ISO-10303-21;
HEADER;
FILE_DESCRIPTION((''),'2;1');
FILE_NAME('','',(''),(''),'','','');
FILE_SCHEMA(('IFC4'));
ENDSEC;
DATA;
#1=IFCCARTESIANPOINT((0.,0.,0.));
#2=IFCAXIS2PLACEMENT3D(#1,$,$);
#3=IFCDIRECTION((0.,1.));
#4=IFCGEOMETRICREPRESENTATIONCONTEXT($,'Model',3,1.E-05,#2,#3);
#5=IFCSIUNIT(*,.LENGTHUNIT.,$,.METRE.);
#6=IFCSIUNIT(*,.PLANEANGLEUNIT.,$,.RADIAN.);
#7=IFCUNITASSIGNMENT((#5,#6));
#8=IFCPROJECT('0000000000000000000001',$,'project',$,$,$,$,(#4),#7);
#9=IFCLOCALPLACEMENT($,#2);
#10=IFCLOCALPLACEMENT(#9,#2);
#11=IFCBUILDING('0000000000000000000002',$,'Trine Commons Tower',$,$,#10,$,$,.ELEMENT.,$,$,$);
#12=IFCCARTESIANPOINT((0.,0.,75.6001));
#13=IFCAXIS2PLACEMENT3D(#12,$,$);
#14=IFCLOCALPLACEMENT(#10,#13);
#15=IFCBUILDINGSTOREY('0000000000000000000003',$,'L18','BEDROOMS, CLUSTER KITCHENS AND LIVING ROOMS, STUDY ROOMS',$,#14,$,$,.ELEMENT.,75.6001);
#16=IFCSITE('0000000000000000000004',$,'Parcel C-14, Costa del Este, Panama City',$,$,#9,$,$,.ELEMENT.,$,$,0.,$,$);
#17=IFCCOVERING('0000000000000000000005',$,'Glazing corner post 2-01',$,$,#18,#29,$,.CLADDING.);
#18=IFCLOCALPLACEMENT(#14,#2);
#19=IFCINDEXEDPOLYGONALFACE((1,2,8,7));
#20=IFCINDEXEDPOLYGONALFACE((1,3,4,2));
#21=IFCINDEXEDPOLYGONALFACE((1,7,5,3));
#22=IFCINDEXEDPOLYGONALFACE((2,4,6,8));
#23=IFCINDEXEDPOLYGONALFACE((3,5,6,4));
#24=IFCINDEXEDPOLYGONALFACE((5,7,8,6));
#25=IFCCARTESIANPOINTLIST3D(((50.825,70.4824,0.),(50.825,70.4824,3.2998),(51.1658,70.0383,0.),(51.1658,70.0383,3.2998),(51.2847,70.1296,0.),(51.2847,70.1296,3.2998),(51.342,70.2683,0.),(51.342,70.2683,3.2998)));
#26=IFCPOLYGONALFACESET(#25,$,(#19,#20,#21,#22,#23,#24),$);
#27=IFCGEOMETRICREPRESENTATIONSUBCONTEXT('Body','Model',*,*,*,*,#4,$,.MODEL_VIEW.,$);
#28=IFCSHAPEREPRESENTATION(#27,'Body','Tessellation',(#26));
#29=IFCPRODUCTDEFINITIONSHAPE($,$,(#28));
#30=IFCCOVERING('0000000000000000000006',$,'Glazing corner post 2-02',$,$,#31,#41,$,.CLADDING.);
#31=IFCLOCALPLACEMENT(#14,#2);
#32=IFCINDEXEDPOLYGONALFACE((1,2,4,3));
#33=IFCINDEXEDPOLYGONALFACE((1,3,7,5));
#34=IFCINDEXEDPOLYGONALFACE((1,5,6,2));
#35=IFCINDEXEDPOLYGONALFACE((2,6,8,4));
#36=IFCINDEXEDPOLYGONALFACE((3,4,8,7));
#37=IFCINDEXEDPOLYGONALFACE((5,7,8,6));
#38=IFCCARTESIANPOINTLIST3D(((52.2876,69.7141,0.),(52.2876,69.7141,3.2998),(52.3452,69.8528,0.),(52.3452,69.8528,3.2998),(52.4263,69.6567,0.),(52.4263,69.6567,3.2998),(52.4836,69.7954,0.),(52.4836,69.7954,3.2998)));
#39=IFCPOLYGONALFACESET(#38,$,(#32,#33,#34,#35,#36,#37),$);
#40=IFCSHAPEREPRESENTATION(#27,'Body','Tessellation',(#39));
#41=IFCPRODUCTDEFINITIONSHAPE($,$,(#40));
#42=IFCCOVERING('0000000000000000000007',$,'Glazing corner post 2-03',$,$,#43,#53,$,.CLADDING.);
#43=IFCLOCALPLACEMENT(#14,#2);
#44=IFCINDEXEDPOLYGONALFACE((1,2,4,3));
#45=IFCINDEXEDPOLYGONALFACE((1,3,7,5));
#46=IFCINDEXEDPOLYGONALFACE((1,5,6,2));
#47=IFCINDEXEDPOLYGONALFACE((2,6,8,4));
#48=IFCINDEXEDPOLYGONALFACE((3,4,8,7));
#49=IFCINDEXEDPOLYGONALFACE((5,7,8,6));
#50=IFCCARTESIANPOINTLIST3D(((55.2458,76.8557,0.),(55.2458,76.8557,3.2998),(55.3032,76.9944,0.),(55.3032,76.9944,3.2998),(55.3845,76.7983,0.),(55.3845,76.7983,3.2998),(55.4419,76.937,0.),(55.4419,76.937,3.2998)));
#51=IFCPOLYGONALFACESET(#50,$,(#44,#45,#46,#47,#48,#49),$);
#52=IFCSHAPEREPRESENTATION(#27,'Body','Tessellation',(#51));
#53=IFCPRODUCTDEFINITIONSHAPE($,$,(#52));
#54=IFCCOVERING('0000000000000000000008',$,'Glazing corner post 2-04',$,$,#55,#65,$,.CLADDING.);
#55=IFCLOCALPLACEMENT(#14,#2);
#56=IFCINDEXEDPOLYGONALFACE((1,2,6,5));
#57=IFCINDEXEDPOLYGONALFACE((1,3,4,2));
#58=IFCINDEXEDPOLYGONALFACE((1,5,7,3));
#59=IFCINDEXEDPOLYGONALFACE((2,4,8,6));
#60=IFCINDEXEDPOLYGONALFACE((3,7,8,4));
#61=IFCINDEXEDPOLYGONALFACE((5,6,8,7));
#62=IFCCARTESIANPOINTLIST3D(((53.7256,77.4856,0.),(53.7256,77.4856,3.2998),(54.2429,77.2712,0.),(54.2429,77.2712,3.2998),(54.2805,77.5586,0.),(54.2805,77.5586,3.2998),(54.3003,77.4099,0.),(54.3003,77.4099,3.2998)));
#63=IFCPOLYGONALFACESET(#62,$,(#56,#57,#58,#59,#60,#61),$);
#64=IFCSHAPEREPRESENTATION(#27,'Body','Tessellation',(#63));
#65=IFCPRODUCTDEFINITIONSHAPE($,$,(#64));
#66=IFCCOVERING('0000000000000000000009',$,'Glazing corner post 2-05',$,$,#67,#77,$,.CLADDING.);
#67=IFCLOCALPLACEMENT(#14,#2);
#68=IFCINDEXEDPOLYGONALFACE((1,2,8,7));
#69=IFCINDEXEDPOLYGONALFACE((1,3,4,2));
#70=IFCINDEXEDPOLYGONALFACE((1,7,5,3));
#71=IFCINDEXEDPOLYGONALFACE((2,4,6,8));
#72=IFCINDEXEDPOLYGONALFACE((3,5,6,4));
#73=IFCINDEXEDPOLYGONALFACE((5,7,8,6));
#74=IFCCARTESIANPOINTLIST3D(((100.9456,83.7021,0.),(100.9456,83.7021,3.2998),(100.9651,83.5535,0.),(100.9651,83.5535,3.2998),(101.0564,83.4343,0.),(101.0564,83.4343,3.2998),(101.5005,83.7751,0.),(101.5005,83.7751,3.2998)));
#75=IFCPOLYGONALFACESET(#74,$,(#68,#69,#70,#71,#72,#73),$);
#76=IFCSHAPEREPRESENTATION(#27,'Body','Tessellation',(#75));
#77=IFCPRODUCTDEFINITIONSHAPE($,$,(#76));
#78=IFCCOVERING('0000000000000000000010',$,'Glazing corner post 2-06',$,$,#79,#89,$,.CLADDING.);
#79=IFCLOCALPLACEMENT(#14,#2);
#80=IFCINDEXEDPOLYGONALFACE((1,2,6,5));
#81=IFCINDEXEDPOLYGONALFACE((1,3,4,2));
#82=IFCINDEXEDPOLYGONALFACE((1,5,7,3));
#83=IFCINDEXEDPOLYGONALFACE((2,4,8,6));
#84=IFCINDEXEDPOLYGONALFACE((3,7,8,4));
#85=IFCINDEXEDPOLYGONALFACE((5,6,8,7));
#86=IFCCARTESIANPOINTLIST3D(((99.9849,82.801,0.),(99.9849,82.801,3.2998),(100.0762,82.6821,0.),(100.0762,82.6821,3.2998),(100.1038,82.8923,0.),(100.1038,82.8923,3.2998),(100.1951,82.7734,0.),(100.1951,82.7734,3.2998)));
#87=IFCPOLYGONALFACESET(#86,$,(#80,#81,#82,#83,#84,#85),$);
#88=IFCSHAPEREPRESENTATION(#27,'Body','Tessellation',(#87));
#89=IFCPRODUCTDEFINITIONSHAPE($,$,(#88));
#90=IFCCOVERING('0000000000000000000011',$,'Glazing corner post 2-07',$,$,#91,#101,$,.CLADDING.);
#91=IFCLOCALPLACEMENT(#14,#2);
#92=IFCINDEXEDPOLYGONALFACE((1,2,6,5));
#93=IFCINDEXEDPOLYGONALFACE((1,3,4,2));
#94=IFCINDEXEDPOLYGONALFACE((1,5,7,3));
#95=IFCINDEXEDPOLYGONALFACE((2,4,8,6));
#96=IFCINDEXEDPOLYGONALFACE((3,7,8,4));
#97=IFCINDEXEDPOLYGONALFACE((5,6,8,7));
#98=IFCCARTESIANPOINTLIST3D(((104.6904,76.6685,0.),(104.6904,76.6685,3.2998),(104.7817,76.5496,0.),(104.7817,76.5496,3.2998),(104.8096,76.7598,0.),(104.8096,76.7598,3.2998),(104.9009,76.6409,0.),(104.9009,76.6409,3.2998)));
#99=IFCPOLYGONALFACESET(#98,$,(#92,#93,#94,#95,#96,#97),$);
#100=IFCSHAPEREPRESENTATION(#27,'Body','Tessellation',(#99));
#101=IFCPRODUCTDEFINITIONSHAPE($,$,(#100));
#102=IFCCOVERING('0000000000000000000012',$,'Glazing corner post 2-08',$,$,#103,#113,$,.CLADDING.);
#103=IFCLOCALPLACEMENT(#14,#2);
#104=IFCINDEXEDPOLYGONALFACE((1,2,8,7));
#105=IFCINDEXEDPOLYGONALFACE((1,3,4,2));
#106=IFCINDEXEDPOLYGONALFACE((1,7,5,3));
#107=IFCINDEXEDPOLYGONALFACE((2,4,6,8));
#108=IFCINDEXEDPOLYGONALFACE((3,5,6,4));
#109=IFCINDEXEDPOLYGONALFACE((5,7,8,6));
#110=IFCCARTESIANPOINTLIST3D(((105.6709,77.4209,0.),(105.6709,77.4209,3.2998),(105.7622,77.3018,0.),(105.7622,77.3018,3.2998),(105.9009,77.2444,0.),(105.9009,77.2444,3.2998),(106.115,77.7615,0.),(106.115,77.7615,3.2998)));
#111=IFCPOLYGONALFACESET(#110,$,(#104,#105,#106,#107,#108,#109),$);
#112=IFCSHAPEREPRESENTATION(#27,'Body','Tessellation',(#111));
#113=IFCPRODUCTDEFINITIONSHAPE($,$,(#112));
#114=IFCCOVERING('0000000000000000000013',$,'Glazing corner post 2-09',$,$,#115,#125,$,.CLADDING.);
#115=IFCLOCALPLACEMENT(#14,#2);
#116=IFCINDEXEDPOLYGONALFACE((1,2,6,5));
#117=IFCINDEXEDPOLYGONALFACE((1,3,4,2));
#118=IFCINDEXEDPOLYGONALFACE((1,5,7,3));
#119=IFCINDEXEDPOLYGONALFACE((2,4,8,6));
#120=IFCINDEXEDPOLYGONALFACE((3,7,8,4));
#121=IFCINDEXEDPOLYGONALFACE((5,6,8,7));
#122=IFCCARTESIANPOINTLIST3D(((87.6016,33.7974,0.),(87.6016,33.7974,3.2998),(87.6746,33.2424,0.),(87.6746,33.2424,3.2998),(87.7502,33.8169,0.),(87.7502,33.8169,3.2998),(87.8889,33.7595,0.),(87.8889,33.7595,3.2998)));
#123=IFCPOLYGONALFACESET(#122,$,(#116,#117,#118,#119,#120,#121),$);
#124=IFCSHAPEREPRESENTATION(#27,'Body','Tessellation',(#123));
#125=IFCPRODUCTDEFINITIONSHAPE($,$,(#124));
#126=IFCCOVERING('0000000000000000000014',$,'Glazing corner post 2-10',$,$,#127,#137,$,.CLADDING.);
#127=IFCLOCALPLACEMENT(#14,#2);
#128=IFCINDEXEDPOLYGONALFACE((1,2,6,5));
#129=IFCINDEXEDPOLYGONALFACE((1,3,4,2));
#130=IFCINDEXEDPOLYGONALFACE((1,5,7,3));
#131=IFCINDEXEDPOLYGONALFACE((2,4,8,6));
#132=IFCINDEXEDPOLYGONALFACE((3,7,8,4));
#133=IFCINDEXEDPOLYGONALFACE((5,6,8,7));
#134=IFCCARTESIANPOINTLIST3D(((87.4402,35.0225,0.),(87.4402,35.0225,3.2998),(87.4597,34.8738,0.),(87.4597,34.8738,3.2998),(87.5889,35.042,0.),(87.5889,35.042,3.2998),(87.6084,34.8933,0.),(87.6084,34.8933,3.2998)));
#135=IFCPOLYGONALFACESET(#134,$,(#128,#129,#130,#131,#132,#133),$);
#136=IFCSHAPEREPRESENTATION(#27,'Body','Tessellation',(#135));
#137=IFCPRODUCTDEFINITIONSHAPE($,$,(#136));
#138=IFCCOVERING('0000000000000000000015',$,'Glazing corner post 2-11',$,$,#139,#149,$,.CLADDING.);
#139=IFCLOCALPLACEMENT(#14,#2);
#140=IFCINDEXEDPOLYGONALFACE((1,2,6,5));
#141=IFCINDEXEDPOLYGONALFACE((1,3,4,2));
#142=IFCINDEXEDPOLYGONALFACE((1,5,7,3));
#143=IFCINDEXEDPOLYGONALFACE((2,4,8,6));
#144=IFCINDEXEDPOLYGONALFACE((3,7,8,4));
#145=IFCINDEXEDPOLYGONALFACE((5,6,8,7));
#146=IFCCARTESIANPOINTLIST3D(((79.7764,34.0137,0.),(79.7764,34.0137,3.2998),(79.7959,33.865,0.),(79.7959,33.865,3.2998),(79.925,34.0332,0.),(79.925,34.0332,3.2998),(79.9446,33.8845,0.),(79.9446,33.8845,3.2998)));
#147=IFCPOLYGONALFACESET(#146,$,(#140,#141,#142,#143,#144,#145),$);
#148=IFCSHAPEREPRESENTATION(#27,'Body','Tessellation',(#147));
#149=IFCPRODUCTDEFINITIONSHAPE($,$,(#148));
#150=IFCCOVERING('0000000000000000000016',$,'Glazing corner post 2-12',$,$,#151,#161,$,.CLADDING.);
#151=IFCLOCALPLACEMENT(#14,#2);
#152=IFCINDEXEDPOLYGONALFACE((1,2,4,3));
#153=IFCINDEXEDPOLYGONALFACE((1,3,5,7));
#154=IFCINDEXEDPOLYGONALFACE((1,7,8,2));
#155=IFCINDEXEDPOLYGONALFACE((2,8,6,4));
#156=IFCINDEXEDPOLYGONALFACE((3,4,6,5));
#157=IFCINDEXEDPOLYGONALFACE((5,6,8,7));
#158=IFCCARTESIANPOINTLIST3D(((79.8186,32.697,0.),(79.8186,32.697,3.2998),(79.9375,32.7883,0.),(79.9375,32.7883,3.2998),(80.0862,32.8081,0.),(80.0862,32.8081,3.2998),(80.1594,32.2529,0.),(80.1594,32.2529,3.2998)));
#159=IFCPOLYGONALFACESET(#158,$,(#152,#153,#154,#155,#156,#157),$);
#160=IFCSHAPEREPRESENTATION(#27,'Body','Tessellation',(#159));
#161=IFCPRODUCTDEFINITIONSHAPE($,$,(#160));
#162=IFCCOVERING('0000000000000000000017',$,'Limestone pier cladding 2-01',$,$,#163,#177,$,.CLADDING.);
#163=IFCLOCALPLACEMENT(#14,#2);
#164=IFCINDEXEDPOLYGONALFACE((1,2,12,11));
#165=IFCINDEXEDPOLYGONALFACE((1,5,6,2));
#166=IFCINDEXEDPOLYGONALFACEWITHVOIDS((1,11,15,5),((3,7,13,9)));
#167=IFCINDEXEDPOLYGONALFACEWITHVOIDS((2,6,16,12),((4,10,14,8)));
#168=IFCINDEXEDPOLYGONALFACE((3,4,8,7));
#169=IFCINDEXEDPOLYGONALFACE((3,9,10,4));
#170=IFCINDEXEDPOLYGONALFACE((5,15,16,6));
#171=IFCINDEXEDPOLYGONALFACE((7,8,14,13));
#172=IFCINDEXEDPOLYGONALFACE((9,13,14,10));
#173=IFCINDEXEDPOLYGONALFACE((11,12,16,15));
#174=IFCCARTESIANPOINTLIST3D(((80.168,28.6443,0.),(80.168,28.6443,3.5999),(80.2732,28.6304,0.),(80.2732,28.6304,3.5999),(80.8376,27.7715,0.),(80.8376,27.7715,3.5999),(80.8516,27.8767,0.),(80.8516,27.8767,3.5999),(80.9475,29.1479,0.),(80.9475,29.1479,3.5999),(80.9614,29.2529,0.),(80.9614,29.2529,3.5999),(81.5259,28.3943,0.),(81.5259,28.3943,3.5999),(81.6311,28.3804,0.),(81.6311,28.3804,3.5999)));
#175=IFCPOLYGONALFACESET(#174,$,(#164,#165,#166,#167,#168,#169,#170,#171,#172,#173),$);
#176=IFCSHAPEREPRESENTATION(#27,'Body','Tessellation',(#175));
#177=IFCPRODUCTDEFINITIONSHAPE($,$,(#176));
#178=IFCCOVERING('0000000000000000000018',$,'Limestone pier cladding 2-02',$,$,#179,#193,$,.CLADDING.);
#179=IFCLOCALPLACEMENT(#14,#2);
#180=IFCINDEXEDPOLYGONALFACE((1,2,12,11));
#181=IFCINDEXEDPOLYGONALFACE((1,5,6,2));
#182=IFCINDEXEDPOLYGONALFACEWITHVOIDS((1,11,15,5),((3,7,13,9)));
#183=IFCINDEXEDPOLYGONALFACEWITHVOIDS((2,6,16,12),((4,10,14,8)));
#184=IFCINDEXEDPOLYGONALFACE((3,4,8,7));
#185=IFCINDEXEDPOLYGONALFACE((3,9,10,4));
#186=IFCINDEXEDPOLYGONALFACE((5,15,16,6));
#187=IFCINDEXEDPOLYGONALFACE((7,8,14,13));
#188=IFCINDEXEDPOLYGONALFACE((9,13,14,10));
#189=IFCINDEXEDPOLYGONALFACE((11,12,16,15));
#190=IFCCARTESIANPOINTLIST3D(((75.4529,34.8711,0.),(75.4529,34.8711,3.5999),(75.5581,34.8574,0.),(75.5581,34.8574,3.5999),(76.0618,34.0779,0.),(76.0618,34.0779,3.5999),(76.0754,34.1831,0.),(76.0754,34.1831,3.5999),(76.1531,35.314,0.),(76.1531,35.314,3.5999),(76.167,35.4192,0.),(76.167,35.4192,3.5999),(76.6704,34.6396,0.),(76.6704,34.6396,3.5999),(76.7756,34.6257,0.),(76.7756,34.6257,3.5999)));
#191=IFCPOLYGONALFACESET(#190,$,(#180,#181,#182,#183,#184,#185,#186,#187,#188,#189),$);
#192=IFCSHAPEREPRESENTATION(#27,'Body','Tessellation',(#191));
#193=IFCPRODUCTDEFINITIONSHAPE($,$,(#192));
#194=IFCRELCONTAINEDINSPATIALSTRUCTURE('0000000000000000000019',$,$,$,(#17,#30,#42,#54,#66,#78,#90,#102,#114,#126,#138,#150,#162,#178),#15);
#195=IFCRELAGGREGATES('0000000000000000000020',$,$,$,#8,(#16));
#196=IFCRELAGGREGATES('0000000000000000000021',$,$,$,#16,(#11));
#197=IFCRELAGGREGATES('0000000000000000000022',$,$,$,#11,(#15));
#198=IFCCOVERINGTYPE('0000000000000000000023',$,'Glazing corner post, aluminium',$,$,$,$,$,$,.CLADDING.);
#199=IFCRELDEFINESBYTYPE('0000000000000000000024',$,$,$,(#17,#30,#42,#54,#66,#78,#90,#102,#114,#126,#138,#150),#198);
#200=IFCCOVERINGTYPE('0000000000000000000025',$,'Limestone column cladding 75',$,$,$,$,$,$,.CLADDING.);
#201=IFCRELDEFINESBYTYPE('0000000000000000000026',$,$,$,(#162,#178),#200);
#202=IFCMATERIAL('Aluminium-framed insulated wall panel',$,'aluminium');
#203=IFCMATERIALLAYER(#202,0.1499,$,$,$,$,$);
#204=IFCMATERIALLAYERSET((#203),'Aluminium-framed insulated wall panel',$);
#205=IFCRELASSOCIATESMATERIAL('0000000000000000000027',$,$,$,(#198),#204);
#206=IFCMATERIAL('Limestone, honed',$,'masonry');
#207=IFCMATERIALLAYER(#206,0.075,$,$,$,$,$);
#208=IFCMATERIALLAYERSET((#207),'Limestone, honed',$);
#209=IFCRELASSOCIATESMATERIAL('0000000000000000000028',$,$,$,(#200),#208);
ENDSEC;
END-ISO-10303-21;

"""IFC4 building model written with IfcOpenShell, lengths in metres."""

from ifc_helpers import new_model, si_unit, direction, frame, origin, place, context, subcontext, project, spatial, polyline, outline, extrude, material, layer, layer_set, type_object, element, save


model = new_model("IFC4")

# Units and contexts
model_context = context("Model", 3, precision=1e-05, world=origin(), true_north=direction((0.0, 1.0)))
body_context = subcontext(model_context, "Body", "Model", "MODEL_VIEW")
ifc_project = project(units=[si_unit("LENGTHUNIT", "METRE"), si_unit("PLANEANGLEUNIT", "RADIAN")], contexts=[model_context])

# Site, building, storey
site_placement = place(None, origin())
site = spatial("IfcSite", under=ifc_project, at=site_placement, Name="Parcel C-14, Costa del Este, Panama City", CompositionType="ELEMENT", RefElevation=0.0)
building_placement = place(site_placement, origin())
building = spatial("IfcBuilding", under=site, at=building_placement, Name="Trine Commons Tower", CompositionType="ELEMENT")
storey_placement = place(building_placement, frame((0.0, 0.0, 75.6001)))
storey = spatial("IfcBuildingStorey", under=building, at=storey_placement, Name="L18", Description="BEDROOMS, CLUSTER KITCHENS AND LIVING ROOMS, STUDY ROOMS", CompositionType="ELEMENT", Elevation=75.6001)

# Coverings
ifc_material_1 = material(Name="Aluminium-framed insulated wall panel", Category="aluminium")
ifc_layer_1 = layer(ifc_material_1, 0.1499)
ifc_layer_set_1 = layer_set([ifc_layer_1], Name="Aluminium-framed insulated wall panel")
covering_type_1 = type_object("IfcCoveringType", Name="Glazing corner post, aluminium", PredefinedType="CLADDING", material=ifc_layer_set_1)
covering_1_placement = place(storey_placement, origin())
element("IfcCovering", 1, at=covering_1_placement, inside=storey, type_object=covering_type_1, Name="Glazing corner post 2-01", PredefinedType="CLADDING", context=body_context, shape_type="SweptSolid", body=[
    extrude(outline(polyline([(51.1658, 70.0383), (51.2847, 70.1296), (51.342, 70.2683), (50.825, 70.4824), (51.1658, 70.0383)])), origin(), (0.0, 0.0, 1.0), 3.2998),
])
covering_2_placement = place(storey_placement, origin())
element("IfcCovering", 2, at=covering_2_placement, inside=storey, type_object=covering_type_1, Name="Glazing corner post 2-02", PredefinedType="CLADDING", context=body_context, shape_type="SweptSolid", body=[
    extrude(outline(polyline([(52.2876, 69.7141), (52.4263, 69.6567), (52.4836, 69.7954), (52.3452, 69.8528), (52.2876, 69.7141)])), origin(), (0.0, 0.0, 1.0), 3.2998),
])
covering_3_placement = place(storey_placement, origin())
element("IfcCovering", 3, at=covering_3_placement, inside=storey, type_object=covering_type_1, Name="Glazing corner post 2-03", PredefinedType="CLADDING", context=body_context, shape_type="SweptSolid", body=[
    extrude(outline(polyline([(55.3845, 76.7983), (55.4419, 76.937), (55.3032, 76.9944), (55.2458, 76.8557), (55.3845, 76.7983)])), origin(), (0.0, 0.0, 1.0), 3.2998),
])
covering_4_placement = place(storey_placement, origin())
element("IfcCovering", 4, at=covering_4_placement, inside=storey, type_object=covering_type_1, Name="Glazing corner post 2-04", PredefinedType="CLADDING", context=body_context, shape_type="SweptSolid", body=[
    extrude(outline(polyline([(54.2429, 77.2712), (54.3003, 77.4099), (54.2805, 77.5586), (53.7256, 77.4856), (54.2429, 77.2712)])), origin(), (0.0, 0.0, 1.0), 3.2998),
])
covering_5_placement = place(storey_placement, origin())
element("IfcCovering", 5, at=covering_5_placement, inside=storey, type_object=covering_type_1, Name="Glazing corner post 2-05", PredefinedType="CLADDING", context=body_context, shape_type="SweptSolid", body=[
    extrude(outline(polyline([(101.0564, 83.4343), (101.5005, 83.7751), (100.9456, 83.7021), (100.9651, 83.5535), (101.0564, 83.4343)])), origin(), (0.0, 0.0, 1.0), 3.2998),
])
covering_6_placement = place(storey_placement, origin())
element("IfcCovering", 6, at=covering_6_placement, inside=storey, type_object=covering_type_1, Name="Glazing corner post 2-06", PredefinedType="CLADDING", context=body_context, shape_type="SweptSolid", body=[
    extrude(outline(polyline([(100.0762, 82.6821), (100.1951, 82.7734), (100.1038, 82.8923), (99.9849, 82.801), (100.0762, 82.6821)])), origin(), (0.0, 0.0, 1.0), 3.2998),
])
covering_7_placement = place(storey_placement, origin())
element("IfcCovering", 7, at=covering_7_placement, inside=storey, type_object=covering_type_1, Name="Glazing corner post 2-07", PredefinedType="CLADDING", context=body_context, shape_type="SweptSolid", body=[
    extrude(outline(polyline([(104.6904, 76.6685), (104.7817, 76.5496), (104.9009, 76.6409), (104.8096, 76.7598), (104.6904, 76.6685)])), origin(), (0.0, 0.0, 1.0), 3.2998),
])
covering_8_placement = place(storey_placement, origin())
element("IfcCovering", 8, at=covering_8_placement, inside=storey, type_object=covering_type_1, Name="Glazing corner post 2-08", PredefinedType="CLADDING", context=body_context, shape_type="SweptSolid", body=[
    extrude(outline(polyline([(105.9009, 77.2444), (106.115, 77.7615), (105.6709, 77.4209), (105.7622, 77.3018), (105.9009, 77.2444)])), origin(), (0.0, 0.0, 1.0), 3.2998),
])
covering_9_placement = place(storey_placement, origin())
element("IfcCovering", 9, at=covering_9_placement, inside=storey, type_object=covering_type_1, Name="Glazing corner post 2-09", PredefinedType="CLADDING", context=body_context, shape_type="SweptSolid", body=[
    extrude(outline(polyline([(87.6016, 33.7974), (87.6746, 33.2424), (87.8889, 33.7595), (87.7502, 33.8169), (87.6016, 33.7974)])), origin(), (0.0, 0.0, 1.0), 3.2998),
])
covering_10_placement = place(storey_placement, origin())
element("IfcCovering", 10, at=covering_10_placement, inside=storey, type_object=covering_type_1, Name="Glazing corner post 2-10", PredefinedType="CLADDING", context=body_context, shape_type="SweptSolid", body=[
    extrude(outline(polyline([(87.4402, 35.0225), (87.4597, 34.8738), (87.6084, 34.8933), (87.5889, 35.042), (87.4402, 35.0225)])), origin(), (0.0, 0.0, 1.0), 3.2998),
])
covering_11_placement = place(storey_placement, origin())
element("IfcCovering", 11, at=covering_11_placement, inside=storey, type_object=covering_type_1, Name="Glazing corner post 2-11", PredefinedType="CLADDING", context=body_context, shape_type="SweptSolid", body=[
    extrude(outline(polyline([(79.7959, 33.865), (79.9446, 33.8845), (79.925, 34.0332), (79.7764, 34.0137), (79.7959, 33.865)])), origin(), (0.0, 0.0, 1.0), 3.2998),
])
covering_12_placement = place(storey_placement, origin())
element("IfcCovering", 12, at=covering_12_placement, inside=storey, type_object=covering_type_1, Name="Glazing corner post 2-12", PredefinedType="CLADDING", context=body_context, shape_type="SweptSolid", body=[
    extrude(outline(polyline([(79.8186, 32.697), (80.1594, 32.2529), (80.0862, 32.8081), (79.9375, 32.7883), (79.8186, 32.697)])), origin(), (0.0, 0.0, 1.0), 3.2998),
])
ifc_material_2 = material(Name="Limestone, honed", Category="masonry")
ifc_layer_2 = layer(ifc_material_2, 0.075)
ifc_layer_set_2 = layer_set([ifc_layer_2], Name="Limestone, honed")
covering_type_2 = type_object("IfcCoveringType", Name="Limestone column cladding 75", PredefinedType="CLADDING", material=ifc_layer_set_2)
covering_13_placement = place(storey_placement, origin())
element("IfcCovering", 13, at=covering_13_placement, inside=storey, type_object=covering_type_2, Name="Limestone pier cladding 2-01", PredefinedType="CLADDING", context=body_context, shape_type="SweptSolid", body=[
    extrude(outline(polyline([(80.9614, 29.2529), (80.168, 28.6443), (80.8376, 27.7715), (81.6311, 28.3804), (80.9614, 29.2529)]), holes=[polyline([(80.9475, 29.1479), (80.2732, 28.6304), (80.8516, 27.8767), (81.5259, 28.3943), (80.9475, 29.1479)])]), origin(), (0.0, 0.0, 1.0), 3.5999),
])
covering_14_placement = place(storey_placement, origin())
element("IfcCovering", 14, at=covering_14_placement, inside=storey, type_object=covering_type_2, Name="Limestone pier cladding 2-02", PredefinedType="CLADDING", context=body_context, shape_type="SweptSolid", body=[
    extrude(outline(polyline([(76.167, 35.4192), (75.4529, 34.8711), (76.0618, 34.0779), (76.7756, 34.6257), (76.167, 35.4192)]), holes=[polyline([(76.1531, 35.314), (75.5581, 34.8574), (76.0754, 34.1831), (76.6704, 34.6396), (76.1531, 35.314)])]), origin(), (0.0, 0.0, 1.0), 3.5999),
])

save(model, "model.ifc")
